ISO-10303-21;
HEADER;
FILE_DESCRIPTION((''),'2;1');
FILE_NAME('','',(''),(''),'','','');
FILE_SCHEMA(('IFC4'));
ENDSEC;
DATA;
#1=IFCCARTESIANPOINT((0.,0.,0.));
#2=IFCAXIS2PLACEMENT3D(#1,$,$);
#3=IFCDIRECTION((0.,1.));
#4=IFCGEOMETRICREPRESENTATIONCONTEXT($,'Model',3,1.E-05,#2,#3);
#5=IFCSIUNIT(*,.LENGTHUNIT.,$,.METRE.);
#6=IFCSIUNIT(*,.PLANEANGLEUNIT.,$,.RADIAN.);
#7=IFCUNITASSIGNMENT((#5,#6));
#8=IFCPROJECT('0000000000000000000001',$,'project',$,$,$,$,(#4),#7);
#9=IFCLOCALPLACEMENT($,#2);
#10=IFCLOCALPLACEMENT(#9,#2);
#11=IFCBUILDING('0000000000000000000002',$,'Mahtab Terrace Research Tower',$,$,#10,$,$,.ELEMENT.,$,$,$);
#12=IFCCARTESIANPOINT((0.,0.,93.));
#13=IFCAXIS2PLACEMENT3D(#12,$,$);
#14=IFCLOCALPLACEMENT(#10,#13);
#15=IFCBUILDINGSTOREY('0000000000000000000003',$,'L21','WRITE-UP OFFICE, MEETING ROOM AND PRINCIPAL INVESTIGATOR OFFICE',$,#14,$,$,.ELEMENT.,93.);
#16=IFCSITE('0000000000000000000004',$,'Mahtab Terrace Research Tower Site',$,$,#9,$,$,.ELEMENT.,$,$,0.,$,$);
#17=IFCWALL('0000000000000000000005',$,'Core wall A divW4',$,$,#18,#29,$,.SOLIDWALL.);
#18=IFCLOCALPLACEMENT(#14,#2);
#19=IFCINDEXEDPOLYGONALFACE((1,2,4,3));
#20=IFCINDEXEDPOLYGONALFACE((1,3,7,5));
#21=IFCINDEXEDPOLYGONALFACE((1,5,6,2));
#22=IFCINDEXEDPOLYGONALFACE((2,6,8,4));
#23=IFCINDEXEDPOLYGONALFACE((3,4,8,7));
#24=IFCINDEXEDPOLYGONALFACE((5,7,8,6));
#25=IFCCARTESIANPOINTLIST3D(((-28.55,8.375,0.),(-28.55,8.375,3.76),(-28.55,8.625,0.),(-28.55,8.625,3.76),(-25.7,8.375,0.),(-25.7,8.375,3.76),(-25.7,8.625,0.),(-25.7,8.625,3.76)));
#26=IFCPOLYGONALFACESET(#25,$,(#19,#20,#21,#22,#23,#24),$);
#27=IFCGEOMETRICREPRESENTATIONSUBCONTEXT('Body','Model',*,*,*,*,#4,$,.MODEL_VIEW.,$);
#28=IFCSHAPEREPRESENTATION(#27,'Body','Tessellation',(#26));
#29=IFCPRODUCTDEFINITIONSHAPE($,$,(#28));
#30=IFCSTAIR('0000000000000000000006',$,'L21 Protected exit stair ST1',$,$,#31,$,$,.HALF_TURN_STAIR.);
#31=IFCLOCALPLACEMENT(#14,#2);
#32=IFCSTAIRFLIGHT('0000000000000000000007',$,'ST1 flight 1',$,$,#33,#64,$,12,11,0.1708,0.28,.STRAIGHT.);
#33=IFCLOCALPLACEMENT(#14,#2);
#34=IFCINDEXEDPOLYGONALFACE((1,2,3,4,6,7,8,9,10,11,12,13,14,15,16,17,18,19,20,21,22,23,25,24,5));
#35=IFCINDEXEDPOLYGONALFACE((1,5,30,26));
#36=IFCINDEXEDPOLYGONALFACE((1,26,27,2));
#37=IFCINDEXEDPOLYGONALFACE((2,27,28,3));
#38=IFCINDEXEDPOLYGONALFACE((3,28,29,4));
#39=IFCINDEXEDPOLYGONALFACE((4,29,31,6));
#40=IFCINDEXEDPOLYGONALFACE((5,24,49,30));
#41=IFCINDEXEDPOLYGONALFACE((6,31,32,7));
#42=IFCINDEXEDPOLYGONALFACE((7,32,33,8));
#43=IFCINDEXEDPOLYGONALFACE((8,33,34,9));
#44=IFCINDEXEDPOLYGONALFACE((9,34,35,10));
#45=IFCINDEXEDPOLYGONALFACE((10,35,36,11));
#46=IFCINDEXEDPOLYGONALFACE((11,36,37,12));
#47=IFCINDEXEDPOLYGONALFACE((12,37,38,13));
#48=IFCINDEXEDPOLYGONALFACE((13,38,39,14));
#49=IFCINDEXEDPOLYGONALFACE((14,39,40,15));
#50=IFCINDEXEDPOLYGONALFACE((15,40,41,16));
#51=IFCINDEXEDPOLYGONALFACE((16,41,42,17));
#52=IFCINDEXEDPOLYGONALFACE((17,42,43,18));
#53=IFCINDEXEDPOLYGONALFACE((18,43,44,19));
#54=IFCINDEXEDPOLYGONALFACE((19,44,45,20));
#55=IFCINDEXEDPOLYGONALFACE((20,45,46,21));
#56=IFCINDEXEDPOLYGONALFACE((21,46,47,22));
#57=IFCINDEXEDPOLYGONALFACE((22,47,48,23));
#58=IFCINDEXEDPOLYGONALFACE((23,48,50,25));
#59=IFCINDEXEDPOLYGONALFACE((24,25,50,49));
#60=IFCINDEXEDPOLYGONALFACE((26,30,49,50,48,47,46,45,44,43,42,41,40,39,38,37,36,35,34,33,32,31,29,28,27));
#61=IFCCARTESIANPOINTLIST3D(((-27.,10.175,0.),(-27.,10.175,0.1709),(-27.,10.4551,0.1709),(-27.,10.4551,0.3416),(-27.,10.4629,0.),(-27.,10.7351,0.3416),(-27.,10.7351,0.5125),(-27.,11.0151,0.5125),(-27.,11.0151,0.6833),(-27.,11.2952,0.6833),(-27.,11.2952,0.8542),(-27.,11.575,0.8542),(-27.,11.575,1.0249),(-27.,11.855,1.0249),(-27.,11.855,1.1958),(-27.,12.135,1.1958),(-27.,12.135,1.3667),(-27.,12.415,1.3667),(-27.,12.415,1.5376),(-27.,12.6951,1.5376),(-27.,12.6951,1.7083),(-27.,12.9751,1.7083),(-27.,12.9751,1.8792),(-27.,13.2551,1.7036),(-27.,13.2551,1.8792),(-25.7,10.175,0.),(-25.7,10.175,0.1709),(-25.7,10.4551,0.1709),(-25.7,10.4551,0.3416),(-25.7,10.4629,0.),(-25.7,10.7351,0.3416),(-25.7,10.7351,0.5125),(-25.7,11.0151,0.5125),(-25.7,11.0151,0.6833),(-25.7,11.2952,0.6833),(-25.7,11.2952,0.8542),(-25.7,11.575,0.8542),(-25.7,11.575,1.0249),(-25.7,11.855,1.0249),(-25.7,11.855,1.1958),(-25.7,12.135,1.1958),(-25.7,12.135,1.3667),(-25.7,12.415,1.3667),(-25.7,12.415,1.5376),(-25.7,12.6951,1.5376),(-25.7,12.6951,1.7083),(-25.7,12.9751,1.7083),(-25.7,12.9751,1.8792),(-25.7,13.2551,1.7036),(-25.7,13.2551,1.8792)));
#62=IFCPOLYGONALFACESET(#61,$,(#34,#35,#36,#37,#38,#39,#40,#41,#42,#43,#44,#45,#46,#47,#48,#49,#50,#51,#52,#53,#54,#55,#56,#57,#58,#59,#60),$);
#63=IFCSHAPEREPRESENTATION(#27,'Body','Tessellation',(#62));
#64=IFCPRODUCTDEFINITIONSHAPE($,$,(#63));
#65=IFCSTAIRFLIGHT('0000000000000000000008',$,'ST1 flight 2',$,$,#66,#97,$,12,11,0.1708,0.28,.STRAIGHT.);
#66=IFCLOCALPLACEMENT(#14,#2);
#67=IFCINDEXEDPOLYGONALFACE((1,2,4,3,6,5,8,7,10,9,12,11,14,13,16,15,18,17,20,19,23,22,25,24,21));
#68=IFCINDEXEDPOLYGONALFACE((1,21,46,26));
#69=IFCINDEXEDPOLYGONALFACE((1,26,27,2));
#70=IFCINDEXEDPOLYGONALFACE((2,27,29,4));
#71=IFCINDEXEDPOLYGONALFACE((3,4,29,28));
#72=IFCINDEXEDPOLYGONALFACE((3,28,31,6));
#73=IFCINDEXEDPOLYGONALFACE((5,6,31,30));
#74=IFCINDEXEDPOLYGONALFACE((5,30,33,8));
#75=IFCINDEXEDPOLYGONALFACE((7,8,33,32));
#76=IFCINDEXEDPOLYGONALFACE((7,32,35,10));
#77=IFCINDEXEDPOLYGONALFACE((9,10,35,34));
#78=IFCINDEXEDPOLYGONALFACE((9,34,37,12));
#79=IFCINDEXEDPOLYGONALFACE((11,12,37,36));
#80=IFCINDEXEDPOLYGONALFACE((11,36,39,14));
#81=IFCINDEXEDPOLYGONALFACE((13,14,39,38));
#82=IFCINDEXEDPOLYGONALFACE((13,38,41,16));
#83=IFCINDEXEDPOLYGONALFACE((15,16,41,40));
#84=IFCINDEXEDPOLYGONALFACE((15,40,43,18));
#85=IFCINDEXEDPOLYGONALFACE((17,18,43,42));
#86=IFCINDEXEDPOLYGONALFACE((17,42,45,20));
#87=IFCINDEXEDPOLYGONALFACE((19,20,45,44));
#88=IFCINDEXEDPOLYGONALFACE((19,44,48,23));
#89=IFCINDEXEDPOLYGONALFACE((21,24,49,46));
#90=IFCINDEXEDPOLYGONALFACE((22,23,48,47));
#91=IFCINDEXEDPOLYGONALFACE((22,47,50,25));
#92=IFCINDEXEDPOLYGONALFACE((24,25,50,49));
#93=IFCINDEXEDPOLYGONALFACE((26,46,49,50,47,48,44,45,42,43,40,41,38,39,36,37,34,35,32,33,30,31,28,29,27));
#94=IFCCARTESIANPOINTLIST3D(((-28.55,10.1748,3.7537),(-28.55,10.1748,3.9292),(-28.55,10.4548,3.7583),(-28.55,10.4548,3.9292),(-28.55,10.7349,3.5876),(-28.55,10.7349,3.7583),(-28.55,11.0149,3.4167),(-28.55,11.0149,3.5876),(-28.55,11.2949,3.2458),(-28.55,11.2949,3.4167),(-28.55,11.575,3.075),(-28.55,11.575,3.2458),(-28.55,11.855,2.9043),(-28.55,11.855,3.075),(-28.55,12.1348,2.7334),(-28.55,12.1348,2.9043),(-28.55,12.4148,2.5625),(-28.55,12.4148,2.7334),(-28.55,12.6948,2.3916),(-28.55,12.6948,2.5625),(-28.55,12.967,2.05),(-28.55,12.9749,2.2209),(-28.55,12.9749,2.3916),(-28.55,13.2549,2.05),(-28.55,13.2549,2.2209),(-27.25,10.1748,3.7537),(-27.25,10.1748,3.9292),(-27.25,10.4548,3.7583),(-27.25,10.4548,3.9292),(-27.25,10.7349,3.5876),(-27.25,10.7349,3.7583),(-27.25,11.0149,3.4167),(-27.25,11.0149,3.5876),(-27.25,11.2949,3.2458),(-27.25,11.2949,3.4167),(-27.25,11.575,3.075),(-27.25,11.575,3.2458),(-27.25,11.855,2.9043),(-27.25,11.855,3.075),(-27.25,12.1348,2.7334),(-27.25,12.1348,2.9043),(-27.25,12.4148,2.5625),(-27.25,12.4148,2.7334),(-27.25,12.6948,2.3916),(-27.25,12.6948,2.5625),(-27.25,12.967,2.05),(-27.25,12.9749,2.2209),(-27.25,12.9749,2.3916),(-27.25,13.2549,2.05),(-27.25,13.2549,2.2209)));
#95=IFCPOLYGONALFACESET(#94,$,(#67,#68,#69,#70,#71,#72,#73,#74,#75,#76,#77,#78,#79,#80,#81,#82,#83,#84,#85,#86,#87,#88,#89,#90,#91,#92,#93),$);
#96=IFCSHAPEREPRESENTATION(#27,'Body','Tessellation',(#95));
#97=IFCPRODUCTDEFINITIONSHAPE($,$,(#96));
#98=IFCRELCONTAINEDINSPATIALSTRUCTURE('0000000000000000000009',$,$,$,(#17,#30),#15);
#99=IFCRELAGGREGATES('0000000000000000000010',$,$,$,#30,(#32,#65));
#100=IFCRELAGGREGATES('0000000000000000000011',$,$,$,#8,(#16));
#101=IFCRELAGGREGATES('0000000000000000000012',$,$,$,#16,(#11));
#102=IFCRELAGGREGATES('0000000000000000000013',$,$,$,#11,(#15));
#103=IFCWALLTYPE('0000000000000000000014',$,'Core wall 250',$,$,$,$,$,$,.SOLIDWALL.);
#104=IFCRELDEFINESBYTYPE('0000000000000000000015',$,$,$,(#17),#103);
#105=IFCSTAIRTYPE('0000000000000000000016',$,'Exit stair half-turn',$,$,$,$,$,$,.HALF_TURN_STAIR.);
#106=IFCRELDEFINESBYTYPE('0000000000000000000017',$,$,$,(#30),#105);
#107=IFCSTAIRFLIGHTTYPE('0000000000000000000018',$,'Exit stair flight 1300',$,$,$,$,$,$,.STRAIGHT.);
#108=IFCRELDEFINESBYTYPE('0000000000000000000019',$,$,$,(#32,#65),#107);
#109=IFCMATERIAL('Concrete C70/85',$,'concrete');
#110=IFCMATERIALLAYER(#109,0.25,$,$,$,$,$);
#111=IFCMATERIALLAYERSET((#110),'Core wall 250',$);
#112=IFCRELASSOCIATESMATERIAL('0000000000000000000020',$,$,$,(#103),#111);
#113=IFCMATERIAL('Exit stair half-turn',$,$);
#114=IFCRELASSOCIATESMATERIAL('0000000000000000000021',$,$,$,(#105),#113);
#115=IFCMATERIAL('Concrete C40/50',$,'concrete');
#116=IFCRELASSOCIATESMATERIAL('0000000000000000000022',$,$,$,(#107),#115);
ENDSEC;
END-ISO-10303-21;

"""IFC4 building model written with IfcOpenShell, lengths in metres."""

from ifc_helpers import new_model, si_unit, direction, frame, frame_2d, origin, place, context, subcontext, project, spatial, polyline, rectangle, outline, extrude, material, layer, layer_set, type_object, element, aggregate, save


model = new_model("IFC4")

# Units and contexts
model_context = context("Model", 3, precision=1e-05, world=origin(), true_north=direction((0.0, 1.0)))
body_context = subcontext(model_context, "Body", "Model", "MODEL_VIEW")
ifc_project = project(units=[si_unit("LENGTHUNIT", "METRE"), si_unit("PLANEANGLEUNIT", "RADIAN")], contexts=[model_context])

# Site, building, storey
site_placement = place(None, origin())
site = spatial("IfcSite", under=ifc_project, at=site_placement, Name="Mahtab Terrace Research Tower Site", CompositionType="ELEMENT", RefElevation=0.0)
building_placement = place(site_placement, origin())
building = spatial("IfcBuilding", under=site, at=building_placement, Name="Mahtab Terrace Research Tower", CompositionType="ELEMENT")
storey_placement = place(building_placement, frame((0.0, 0.0, 93.0)))
storey = spatial("IfcBuildingStorey", under=building, at=storey_placement, Name="L21", Description="WRITE-UP OFFICE, MEETING ROOM AND PRINCIPAL INVESTIGATOR OFFICE", CompositionType="ELEMENT", Elevation=93.0)

# Shared definitions
ifc_material_1 = material(Name="Concrete C70/85", Category="concrete")

# Wall
ifc_layer_1 = layer(ifc_material_1, 0.25)
ifc_layer_set_1 = layer_set([ifc_layer_1], Name="Core wall 250")
wall_type = type_object("IfcWallType", Name="Core wall 250", PredefinedType="SOLIDWALL", material=ifc_layer_set_1)
for number, where, z_axis, x_axis, name in (
    (1, (-28.55, 8.5, 0.0), (0.0, 0.0, 1.0), (1.0, 0.0, 0.0), "Core wall A divW4"),
):
    element("IfcWall", number, at=place(storey_placement, frame(where, z_axis=z_axis, x_axis=x_axis)), inside=storey, type_object=wall_type, Name=name, PredefinedType="SOLIDWALL", context=body_context, shape_type="SweptSolid", body=[
        extrude(rectangle(XDim=2.8501, YDim=0.25, at=frame_2d((1.425, 0.0))), origin(), (0.0, 0.0, 1.0), 3.76),
    ])

# Stair, stair flights
ifc_material_2 = material(Name="Exit stair half-turn")
stair_type = type_object("IfcStairType", Name="Exit stair half-turn", PredefinedType="HALF_TURN_STAIR", material=ifc_material_2)
stair_placement = place(storey_placement, origin())
stair = element("IfcStair", 2, at=stair_placement, inside=storey, type_object=stair_type, Name="L21 Protected exit stair ST1", PredefinedType="HALF_TURN_STAIR")
ifc_material_3 = material(Name="Concrete C40/50", Category="concrete")
stair_flight_type = type_object("IfcStairFlightType", Name="Exit stair flight 1300", PredefinedType="STRAIGHT", material=ifc_material_3)
stair_flight_1_placement = place(storey_placement, frame((-26.3501, 10.175, 0.0), z_axis=(0.0, 0.0, 1.0), x_axis=(0.0, 1.0, 0.0)))
stair_flight_1 = element("IfcStairFlight", 3, at=stair_flight_1_placement, type_object=stair_flight_type, Name="ST1 flight 1", NumberOfRisers=12, NumberOfTreads=11, PredefinedType="STRAIGHT", RiserHeight=0.1708, TreadLength=0.28, context=body_context, shape_type="SweptSolid", body=[
    extrude(outline(polyline([(0.0, 0.0), (0.0, 0.1709), (0.28, 0.1709), (0.28, 0.3416), (0.5601, 0.3416), (0.5601, 0.5125), (0.8401, 0.5125), (0.8401, 0.6833), (1.1201, 0.6833), (1.1201, 0.8542), (1.3999, 0.8542), (1.3999, 1.0249), (1.6799, 1.0249), (1.6799, 1.1958), (1.96, 1.1958), (1.96, 1.3667), (2.24, 1.3667), (2.24, 1.5376), (2.52, 1.5376), (2.52, 1.7083), (2.8, 1.7083), (2.8, 1.8792), (3.0801, 1.8792), (3.0801, 2.05), (3.0801, 1.7036), (0.2878, 0.0), (0.0, 0.0)])), frame((0.0, 0.6499, 0.0), z_axis=(0.0, -1.0, 0.0), x_axis=(1.0, 0.0, 0.0)), (0.0, 0.0, 1.0), 1.3),
])
stair_flight_2_placement = place(storey_placement, frame((-27.8999, 13.2549, 2.05), z_axis=(0.0, 0.0, 1.0), x_axis=(0.0, -1.0, 0.0)))
stair_flight_2 = element("IfcStairFlight", 4, at=stair_flight_2_placement, type_object=stair_flight_type, Name="ST1 flight 2", NumberOfRisers=12, NumberOfTreads=11, PredefinedType="STRAIGHT", RiserHeight=0.1708, TreadLength=0.28, context=body_context, shape_type="SweptSolid", body=[
    extrude(outline(polyline([(0.0, 0.0), (0.0, 0.1709), (0.28, 0.1709), (0.28, 0.3416), (0.5601, 0.3416), (0.5601, 0.5125), (0.8401, 0.5125), (0.8401, 0.6833), (1.1201, 0.6833), (1.1201, 0.8542), (1.3999, 0.8542), (1.3999, 1.0249), (1.6799, 1.0249), (1.6799, 1.1958), (1.96, 1.1958), (1.96, 1.3667), (2.24, 1.3667), (2.24, 1.5376), (2.52, 1.5376), (2.52, 1.7083), (2.8, 1.7083), (2.8, 1.8792), (3.0801, 1.8792), (3.0801, 2.05), (3.0801, 1.7036), (0.2878, 0.0), (0.0, 0.0)])), frame((0.0, 0.6499, 0.0), z_axis=(0.0, -1.0, 0.0), x_axis=(1.0, 0.0, 0.0)), (0.0, 0.0, 1.0), 1.3),
])
aggregate(stair, [stair_flight_1, stair_flight_2])

save(model, "model.ifc")
